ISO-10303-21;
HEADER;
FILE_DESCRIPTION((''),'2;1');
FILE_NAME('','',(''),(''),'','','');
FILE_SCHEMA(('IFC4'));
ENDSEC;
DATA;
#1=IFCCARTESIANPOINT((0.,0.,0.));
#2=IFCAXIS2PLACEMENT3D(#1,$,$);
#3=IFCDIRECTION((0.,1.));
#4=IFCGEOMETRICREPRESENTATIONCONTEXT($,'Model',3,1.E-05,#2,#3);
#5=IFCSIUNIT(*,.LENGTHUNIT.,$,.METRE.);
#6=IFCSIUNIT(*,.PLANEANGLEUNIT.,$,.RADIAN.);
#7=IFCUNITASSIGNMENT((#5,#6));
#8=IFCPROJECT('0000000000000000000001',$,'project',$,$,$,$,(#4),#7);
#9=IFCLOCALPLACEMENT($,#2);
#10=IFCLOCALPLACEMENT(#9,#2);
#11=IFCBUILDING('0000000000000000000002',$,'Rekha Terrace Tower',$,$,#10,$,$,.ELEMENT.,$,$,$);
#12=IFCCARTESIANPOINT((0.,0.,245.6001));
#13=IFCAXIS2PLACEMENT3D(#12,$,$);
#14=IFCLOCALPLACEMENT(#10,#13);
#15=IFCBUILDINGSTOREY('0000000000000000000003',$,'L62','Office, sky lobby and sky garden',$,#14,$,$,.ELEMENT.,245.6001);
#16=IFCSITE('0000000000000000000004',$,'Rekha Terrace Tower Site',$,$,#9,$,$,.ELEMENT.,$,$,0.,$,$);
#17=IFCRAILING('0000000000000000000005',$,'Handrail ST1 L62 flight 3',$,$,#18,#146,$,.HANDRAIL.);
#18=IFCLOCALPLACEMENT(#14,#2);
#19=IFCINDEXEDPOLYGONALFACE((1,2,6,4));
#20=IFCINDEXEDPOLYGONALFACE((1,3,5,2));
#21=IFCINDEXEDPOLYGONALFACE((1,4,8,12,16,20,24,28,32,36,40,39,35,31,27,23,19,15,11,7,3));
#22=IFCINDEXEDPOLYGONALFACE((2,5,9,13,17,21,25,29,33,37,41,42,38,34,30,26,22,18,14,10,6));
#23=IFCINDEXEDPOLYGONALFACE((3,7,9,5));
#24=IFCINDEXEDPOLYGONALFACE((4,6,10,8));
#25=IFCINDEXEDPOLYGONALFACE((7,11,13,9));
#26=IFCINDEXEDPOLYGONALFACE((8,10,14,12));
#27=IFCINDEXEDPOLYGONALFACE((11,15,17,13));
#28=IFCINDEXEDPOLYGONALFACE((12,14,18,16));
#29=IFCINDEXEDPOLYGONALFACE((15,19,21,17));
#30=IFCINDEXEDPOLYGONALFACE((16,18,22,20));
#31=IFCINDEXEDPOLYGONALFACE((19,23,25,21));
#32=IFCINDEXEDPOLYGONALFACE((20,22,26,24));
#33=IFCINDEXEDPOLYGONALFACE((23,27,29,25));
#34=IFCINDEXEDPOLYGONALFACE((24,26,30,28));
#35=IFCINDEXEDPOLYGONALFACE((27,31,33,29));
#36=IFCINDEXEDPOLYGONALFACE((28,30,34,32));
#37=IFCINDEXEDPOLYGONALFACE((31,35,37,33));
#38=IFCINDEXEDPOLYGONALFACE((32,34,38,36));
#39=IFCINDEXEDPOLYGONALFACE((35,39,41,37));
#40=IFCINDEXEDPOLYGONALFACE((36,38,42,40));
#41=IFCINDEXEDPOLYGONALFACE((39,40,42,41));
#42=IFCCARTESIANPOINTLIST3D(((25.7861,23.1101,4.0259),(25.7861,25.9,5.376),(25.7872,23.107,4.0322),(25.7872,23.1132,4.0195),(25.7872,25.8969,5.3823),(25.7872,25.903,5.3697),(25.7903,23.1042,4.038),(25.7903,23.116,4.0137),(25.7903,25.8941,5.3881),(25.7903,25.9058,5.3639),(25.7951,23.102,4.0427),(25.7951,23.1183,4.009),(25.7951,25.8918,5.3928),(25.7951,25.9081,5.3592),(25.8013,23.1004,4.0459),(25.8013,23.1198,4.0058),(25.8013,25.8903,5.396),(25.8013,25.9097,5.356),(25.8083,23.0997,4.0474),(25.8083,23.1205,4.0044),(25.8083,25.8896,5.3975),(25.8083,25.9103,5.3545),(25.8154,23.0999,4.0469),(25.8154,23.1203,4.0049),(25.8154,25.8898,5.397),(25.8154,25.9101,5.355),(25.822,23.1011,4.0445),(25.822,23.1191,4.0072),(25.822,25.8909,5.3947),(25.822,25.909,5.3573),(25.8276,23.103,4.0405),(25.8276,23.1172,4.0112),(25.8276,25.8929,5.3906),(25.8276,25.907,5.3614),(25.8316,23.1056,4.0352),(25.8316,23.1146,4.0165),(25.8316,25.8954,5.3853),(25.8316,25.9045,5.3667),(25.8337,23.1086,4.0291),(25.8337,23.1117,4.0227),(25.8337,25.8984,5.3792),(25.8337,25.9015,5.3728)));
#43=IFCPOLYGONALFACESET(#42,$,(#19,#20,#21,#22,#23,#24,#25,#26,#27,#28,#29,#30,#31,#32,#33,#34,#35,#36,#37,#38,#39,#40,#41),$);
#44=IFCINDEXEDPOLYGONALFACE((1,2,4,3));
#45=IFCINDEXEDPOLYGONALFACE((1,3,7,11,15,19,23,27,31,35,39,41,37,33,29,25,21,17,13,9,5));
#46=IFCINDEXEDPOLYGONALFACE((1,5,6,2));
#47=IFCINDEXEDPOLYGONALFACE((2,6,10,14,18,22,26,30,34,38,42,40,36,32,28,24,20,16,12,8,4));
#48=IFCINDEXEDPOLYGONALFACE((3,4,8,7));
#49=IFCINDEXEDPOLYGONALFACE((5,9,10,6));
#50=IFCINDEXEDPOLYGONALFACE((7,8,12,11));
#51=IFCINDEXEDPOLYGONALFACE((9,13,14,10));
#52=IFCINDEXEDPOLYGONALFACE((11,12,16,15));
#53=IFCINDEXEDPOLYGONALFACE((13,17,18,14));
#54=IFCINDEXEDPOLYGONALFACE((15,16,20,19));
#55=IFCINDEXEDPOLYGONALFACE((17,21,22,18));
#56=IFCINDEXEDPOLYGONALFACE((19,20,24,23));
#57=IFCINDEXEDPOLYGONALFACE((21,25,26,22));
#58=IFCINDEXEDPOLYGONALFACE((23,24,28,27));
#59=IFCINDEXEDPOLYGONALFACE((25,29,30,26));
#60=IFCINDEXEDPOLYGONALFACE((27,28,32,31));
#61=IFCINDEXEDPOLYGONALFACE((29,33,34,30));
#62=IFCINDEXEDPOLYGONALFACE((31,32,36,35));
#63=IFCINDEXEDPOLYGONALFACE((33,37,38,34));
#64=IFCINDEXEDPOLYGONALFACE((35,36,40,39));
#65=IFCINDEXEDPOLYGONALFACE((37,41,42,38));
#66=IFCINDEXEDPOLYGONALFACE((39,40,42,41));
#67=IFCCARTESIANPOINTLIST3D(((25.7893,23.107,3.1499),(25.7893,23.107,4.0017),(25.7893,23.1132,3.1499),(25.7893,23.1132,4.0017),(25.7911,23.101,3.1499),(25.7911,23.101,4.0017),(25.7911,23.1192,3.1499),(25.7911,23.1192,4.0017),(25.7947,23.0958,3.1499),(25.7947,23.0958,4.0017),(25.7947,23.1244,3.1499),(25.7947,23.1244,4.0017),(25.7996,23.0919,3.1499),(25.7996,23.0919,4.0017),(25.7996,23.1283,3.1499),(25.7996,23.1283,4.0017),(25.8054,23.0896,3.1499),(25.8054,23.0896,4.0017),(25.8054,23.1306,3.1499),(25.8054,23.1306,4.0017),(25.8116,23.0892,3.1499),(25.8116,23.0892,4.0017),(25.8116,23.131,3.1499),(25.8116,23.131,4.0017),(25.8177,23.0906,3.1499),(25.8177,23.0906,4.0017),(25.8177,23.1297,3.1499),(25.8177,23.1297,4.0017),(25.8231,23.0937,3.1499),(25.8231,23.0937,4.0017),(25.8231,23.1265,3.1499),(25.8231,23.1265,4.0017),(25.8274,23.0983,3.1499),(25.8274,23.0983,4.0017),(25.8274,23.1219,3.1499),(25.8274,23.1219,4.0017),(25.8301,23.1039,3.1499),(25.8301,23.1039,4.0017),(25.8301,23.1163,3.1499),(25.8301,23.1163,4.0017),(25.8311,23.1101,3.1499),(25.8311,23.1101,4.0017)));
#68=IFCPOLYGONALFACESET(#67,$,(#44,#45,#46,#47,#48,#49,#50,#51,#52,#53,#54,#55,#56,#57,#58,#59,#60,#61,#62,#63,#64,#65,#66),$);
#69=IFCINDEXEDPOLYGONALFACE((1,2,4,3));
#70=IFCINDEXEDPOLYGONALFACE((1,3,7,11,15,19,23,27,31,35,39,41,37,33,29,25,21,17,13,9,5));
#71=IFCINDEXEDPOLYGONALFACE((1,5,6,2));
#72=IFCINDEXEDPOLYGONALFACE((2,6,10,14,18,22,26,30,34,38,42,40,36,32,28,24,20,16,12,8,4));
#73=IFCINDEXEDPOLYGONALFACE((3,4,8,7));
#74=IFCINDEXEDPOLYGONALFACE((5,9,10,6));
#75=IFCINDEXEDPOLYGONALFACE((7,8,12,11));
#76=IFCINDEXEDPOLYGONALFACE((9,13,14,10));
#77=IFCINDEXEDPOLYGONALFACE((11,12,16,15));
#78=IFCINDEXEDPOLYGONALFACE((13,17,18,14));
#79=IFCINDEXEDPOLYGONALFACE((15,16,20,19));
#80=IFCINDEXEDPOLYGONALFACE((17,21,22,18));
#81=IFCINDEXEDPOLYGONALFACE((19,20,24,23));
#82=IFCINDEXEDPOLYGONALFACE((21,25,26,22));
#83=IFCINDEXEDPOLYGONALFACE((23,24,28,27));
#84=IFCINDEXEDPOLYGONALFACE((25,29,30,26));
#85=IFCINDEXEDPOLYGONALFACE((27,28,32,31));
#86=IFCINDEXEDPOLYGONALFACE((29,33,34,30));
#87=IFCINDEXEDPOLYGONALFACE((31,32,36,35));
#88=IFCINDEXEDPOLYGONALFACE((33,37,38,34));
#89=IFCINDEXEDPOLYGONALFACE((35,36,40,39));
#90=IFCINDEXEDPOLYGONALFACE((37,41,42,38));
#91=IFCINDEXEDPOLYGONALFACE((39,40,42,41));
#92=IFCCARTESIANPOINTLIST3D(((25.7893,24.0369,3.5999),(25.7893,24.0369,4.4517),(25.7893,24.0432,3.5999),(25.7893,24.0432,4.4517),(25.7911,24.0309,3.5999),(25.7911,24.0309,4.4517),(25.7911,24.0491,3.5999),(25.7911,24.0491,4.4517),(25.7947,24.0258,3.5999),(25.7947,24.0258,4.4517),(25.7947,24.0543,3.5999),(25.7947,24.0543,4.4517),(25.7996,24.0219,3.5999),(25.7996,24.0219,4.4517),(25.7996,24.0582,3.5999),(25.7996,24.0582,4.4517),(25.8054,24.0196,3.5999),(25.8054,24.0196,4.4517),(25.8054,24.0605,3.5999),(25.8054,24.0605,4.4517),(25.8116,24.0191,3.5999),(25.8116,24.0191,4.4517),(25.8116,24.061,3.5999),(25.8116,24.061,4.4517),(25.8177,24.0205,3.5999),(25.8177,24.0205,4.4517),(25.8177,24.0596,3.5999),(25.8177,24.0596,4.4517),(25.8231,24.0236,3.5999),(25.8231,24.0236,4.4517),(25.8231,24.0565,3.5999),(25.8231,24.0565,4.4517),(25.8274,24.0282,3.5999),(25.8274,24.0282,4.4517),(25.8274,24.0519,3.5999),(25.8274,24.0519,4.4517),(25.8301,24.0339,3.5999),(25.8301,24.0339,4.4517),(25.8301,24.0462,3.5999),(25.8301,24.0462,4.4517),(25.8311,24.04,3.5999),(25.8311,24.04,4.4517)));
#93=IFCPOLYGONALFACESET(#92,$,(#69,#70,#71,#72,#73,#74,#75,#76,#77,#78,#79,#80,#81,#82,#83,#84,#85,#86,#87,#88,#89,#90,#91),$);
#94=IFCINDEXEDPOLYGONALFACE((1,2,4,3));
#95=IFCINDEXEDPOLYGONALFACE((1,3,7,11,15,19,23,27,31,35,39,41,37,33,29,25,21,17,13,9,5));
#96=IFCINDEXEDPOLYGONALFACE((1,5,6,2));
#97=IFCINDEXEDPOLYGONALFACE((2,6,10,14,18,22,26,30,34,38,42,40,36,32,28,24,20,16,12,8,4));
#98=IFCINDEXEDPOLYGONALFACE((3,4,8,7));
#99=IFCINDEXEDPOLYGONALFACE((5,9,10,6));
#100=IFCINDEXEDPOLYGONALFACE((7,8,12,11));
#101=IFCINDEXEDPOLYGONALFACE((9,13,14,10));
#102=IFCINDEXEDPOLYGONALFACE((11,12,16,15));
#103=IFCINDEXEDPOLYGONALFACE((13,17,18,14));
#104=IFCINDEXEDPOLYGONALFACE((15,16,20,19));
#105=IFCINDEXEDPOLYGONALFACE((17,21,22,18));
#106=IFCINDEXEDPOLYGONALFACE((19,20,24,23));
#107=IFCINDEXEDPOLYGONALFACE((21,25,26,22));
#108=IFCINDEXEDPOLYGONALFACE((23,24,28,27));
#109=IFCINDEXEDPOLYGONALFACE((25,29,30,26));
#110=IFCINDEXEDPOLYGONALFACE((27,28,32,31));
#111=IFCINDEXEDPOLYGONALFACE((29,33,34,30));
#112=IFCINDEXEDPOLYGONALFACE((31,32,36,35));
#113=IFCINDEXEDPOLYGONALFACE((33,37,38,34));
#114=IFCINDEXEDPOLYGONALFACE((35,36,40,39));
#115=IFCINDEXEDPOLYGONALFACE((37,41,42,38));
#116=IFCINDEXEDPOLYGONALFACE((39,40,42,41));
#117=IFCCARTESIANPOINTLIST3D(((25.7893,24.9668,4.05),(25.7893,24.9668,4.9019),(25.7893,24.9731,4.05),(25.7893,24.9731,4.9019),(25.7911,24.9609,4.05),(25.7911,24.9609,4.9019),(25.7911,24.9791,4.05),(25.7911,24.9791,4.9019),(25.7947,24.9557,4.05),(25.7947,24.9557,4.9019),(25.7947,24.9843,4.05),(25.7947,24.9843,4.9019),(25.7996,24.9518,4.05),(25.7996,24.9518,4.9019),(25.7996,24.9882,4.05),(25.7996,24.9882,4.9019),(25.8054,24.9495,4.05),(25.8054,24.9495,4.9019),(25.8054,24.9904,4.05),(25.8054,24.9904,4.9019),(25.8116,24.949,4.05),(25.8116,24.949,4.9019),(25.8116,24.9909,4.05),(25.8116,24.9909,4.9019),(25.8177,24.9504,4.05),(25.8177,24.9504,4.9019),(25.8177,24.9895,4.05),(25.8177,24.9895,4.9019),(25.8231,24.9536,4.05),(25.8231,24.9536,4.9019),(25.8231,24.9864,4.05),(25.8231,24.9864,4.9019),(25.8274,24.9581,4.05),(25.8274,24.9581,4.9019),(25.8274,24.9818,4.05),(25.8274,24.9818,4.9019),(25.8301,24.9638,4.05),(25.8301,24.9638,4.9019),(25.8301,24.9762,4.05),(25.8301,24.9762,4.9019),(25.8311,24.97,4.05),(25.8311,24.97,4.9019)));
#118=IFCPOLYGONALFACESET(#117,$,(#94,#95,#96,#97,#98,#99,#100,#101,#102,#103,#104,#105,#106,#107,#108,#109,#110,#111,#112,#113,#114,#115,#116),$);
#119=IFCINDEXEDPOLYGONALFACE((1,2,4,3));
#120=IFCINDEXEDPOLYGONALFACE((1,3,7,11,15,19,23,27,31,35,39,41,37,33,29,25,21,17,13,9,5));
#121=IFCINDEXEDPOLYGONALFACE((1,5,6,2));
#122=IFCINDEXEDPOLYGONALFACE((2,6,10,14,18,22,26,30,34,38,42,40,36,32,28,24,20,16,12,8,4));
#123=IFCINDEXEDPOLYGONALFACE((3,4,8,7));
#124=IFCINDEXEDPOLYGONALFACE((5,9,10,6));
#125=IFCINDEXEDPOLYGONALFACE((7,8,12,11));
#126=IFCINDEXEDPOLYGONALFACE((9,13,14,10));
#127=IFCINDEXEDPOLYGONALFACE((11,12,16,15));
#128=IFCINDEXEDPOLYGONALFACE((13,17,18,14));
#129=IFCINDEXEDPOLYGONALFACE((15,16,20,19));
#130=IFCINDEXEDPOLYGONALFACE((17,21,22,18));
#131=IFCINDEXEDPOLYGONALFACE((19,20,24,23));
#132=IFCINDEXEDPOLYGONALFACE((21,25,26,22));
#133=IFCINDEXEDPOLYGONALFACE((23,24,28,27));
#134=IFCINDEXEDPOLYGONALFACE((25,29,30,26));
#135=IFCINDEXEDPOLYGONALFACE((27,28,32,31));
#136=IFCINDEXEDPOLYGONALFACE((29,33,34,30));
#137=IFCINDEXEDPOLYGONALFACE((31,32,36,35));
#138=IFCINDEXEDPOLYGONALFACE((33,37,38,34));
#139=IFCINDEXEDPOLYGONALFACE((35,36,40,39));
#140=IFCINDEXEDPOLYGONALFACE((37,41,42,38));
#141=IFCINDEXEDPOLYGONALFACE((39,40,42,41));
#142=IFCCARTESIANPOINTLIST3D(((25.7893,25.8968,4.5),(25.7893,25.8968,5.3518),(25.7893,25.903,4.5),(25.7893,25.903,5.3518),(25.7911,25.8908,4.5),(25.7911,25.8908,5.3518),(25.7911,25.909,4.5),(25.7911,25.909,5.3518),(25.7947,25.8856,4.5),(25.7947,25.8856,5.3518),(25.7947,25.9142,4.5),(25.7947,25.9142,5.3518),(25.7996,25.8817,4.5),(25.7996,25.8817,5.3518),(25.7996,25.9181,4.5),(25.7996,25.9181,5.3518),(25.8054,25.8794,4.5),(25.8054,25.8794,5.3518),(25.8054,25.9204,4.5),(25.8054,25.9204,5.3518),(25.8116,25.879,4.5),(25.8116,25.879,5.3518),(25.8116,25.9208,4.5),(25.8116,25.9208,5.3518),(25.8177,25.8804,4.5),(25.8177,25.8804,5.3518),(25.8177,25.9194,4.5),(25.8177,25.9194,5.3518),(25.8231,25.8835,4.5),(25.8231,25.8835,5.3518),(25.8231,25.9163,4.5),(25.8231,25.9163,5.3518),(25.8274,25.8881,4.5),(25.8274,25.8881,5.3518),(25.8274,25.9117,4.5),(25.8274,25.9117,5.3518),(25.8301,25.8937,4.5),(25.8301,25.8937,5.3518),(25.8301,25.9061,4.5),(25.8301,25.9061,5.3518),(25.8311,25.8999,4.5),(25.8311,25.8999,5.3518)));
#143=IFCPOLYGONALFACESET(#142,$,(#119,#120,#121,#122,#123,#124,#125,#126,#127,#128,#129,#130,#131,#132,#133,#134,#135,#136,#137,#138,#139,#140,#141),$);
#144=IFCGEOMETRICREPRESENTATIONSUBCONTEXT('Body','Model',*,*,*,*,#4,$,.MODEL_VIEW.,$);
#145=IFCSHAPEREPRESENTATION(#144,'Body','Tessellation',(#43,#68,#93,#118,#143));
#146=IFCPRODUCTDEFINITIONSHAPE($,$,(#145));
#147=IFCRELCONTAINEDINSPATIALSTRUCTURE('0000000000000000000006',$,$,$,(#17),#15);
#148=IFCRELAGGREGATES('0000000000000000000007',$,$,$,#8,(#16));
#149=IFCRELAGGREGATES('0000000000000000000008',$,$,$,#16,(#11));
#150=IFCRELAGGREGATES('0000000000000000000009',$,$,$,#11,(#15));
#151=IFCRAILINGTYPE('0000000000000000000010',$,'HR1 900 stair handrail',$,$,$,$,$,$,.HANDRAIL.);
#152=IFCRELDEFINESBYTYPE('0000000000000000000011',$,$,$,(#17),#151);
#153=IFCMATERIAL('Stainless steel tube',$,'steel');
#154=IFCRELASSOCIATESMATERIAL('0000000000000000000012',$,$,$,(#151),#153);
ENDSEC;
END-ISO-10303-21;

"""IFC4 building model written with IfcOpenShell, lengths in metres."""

from ifc_helpers import new_model, si_unit, direction, frame, origin, origin_2d, place, context, subcontext, project, spatial, circle, extrude, material, type_object, element, save


model = new_model("IFC4")

# Units and contexts
model_context = context("Model", 3, precision=1e-05, world=origin(), true_north=direction((0.0, 1.0)))
body_context = subcontext(model_context, "Body", "Model", "MODEL_VIEW")
ifc_project = project(units=[si_unit("LENGTHUNIT", "METRE"), si_unit("PLANEANGLEUNIT", "RADIAN")], contexts=[model_context])

# Site, building, storey
site_placement = place(None, origin())
site = spatial("IfcSite", under=ifc_project, at=site_placement, Name="Rekha Terrace Tower Site", CompositionType="ELEMENT", RefElevation=0.0)
building_placement = place(site_placement, origin())
building = spatial("IfcBuilding", under=site, at=building_placement, Name="Rekha Terrace Tower", CompositionType="ELEMENT")
storey_placement = place(building_placement, frame((0.0, 0.0, 245.6001)))
storey = spatial("IfcBuildingStorey", under=building, at=storey_placement, Name="L62", Description="Office, sky lobby and sky garden", CompositionType="ELEMENT", Elevation=245.6001)

# Railing
ifc_material_1 = material(Name="Stainless steel tube", Category="steel")
railing_type_1 = type_object("IfcRailingType", Name="HR1 900 stair handrail", PredefinedType="HANDRAIL", material=ifc_material_1)
railing_1_placement = place(storey_placement, frame((25.8101, 23.1101, 3.1499)))
element("IfcRailing", 1, at=railing_1_placement, inside=storey, type_object=railing_type_1, Name="Handrail ST1 L62 flight 3", PredefinedType="HANDRAIL", context=body_context, shape_type="SweptSolid", body=[
    extrude(circle(Radius=0.0239, at=origin_2d()), frame((0.0, 0.0, 0.876), z_axis=(0.0, 0.900134, 0.435612), x_axis=(-1.0, 0.0, 0.0)), (0.0, 0.0, 1.0), 3.0994),
    extrude(circle(Radius=0.021, at=origin_2d()), origin(), (0.0, 0.0, 1.0), 0.8518),
    extrude(circle(Radius=0.021, at=origin_2d()), frame((0.0, 0.9299, 0.45)), (0.0, 0.0, 1.0), 0.8518),
    extrude(circle(Radius=0.021, at=origin_2d()), frame((0.0, 1.8599, 0.9001)), (0.0, 0.0, 1.0), 0.8518),
    extrude(circle(Radius=0.021, at=origin_2d()), frame((0.0, 2.7898, 1.3501)), (0.0, 0.0, 1.0), 0.8518),
])

save(model, "model.ifc")
